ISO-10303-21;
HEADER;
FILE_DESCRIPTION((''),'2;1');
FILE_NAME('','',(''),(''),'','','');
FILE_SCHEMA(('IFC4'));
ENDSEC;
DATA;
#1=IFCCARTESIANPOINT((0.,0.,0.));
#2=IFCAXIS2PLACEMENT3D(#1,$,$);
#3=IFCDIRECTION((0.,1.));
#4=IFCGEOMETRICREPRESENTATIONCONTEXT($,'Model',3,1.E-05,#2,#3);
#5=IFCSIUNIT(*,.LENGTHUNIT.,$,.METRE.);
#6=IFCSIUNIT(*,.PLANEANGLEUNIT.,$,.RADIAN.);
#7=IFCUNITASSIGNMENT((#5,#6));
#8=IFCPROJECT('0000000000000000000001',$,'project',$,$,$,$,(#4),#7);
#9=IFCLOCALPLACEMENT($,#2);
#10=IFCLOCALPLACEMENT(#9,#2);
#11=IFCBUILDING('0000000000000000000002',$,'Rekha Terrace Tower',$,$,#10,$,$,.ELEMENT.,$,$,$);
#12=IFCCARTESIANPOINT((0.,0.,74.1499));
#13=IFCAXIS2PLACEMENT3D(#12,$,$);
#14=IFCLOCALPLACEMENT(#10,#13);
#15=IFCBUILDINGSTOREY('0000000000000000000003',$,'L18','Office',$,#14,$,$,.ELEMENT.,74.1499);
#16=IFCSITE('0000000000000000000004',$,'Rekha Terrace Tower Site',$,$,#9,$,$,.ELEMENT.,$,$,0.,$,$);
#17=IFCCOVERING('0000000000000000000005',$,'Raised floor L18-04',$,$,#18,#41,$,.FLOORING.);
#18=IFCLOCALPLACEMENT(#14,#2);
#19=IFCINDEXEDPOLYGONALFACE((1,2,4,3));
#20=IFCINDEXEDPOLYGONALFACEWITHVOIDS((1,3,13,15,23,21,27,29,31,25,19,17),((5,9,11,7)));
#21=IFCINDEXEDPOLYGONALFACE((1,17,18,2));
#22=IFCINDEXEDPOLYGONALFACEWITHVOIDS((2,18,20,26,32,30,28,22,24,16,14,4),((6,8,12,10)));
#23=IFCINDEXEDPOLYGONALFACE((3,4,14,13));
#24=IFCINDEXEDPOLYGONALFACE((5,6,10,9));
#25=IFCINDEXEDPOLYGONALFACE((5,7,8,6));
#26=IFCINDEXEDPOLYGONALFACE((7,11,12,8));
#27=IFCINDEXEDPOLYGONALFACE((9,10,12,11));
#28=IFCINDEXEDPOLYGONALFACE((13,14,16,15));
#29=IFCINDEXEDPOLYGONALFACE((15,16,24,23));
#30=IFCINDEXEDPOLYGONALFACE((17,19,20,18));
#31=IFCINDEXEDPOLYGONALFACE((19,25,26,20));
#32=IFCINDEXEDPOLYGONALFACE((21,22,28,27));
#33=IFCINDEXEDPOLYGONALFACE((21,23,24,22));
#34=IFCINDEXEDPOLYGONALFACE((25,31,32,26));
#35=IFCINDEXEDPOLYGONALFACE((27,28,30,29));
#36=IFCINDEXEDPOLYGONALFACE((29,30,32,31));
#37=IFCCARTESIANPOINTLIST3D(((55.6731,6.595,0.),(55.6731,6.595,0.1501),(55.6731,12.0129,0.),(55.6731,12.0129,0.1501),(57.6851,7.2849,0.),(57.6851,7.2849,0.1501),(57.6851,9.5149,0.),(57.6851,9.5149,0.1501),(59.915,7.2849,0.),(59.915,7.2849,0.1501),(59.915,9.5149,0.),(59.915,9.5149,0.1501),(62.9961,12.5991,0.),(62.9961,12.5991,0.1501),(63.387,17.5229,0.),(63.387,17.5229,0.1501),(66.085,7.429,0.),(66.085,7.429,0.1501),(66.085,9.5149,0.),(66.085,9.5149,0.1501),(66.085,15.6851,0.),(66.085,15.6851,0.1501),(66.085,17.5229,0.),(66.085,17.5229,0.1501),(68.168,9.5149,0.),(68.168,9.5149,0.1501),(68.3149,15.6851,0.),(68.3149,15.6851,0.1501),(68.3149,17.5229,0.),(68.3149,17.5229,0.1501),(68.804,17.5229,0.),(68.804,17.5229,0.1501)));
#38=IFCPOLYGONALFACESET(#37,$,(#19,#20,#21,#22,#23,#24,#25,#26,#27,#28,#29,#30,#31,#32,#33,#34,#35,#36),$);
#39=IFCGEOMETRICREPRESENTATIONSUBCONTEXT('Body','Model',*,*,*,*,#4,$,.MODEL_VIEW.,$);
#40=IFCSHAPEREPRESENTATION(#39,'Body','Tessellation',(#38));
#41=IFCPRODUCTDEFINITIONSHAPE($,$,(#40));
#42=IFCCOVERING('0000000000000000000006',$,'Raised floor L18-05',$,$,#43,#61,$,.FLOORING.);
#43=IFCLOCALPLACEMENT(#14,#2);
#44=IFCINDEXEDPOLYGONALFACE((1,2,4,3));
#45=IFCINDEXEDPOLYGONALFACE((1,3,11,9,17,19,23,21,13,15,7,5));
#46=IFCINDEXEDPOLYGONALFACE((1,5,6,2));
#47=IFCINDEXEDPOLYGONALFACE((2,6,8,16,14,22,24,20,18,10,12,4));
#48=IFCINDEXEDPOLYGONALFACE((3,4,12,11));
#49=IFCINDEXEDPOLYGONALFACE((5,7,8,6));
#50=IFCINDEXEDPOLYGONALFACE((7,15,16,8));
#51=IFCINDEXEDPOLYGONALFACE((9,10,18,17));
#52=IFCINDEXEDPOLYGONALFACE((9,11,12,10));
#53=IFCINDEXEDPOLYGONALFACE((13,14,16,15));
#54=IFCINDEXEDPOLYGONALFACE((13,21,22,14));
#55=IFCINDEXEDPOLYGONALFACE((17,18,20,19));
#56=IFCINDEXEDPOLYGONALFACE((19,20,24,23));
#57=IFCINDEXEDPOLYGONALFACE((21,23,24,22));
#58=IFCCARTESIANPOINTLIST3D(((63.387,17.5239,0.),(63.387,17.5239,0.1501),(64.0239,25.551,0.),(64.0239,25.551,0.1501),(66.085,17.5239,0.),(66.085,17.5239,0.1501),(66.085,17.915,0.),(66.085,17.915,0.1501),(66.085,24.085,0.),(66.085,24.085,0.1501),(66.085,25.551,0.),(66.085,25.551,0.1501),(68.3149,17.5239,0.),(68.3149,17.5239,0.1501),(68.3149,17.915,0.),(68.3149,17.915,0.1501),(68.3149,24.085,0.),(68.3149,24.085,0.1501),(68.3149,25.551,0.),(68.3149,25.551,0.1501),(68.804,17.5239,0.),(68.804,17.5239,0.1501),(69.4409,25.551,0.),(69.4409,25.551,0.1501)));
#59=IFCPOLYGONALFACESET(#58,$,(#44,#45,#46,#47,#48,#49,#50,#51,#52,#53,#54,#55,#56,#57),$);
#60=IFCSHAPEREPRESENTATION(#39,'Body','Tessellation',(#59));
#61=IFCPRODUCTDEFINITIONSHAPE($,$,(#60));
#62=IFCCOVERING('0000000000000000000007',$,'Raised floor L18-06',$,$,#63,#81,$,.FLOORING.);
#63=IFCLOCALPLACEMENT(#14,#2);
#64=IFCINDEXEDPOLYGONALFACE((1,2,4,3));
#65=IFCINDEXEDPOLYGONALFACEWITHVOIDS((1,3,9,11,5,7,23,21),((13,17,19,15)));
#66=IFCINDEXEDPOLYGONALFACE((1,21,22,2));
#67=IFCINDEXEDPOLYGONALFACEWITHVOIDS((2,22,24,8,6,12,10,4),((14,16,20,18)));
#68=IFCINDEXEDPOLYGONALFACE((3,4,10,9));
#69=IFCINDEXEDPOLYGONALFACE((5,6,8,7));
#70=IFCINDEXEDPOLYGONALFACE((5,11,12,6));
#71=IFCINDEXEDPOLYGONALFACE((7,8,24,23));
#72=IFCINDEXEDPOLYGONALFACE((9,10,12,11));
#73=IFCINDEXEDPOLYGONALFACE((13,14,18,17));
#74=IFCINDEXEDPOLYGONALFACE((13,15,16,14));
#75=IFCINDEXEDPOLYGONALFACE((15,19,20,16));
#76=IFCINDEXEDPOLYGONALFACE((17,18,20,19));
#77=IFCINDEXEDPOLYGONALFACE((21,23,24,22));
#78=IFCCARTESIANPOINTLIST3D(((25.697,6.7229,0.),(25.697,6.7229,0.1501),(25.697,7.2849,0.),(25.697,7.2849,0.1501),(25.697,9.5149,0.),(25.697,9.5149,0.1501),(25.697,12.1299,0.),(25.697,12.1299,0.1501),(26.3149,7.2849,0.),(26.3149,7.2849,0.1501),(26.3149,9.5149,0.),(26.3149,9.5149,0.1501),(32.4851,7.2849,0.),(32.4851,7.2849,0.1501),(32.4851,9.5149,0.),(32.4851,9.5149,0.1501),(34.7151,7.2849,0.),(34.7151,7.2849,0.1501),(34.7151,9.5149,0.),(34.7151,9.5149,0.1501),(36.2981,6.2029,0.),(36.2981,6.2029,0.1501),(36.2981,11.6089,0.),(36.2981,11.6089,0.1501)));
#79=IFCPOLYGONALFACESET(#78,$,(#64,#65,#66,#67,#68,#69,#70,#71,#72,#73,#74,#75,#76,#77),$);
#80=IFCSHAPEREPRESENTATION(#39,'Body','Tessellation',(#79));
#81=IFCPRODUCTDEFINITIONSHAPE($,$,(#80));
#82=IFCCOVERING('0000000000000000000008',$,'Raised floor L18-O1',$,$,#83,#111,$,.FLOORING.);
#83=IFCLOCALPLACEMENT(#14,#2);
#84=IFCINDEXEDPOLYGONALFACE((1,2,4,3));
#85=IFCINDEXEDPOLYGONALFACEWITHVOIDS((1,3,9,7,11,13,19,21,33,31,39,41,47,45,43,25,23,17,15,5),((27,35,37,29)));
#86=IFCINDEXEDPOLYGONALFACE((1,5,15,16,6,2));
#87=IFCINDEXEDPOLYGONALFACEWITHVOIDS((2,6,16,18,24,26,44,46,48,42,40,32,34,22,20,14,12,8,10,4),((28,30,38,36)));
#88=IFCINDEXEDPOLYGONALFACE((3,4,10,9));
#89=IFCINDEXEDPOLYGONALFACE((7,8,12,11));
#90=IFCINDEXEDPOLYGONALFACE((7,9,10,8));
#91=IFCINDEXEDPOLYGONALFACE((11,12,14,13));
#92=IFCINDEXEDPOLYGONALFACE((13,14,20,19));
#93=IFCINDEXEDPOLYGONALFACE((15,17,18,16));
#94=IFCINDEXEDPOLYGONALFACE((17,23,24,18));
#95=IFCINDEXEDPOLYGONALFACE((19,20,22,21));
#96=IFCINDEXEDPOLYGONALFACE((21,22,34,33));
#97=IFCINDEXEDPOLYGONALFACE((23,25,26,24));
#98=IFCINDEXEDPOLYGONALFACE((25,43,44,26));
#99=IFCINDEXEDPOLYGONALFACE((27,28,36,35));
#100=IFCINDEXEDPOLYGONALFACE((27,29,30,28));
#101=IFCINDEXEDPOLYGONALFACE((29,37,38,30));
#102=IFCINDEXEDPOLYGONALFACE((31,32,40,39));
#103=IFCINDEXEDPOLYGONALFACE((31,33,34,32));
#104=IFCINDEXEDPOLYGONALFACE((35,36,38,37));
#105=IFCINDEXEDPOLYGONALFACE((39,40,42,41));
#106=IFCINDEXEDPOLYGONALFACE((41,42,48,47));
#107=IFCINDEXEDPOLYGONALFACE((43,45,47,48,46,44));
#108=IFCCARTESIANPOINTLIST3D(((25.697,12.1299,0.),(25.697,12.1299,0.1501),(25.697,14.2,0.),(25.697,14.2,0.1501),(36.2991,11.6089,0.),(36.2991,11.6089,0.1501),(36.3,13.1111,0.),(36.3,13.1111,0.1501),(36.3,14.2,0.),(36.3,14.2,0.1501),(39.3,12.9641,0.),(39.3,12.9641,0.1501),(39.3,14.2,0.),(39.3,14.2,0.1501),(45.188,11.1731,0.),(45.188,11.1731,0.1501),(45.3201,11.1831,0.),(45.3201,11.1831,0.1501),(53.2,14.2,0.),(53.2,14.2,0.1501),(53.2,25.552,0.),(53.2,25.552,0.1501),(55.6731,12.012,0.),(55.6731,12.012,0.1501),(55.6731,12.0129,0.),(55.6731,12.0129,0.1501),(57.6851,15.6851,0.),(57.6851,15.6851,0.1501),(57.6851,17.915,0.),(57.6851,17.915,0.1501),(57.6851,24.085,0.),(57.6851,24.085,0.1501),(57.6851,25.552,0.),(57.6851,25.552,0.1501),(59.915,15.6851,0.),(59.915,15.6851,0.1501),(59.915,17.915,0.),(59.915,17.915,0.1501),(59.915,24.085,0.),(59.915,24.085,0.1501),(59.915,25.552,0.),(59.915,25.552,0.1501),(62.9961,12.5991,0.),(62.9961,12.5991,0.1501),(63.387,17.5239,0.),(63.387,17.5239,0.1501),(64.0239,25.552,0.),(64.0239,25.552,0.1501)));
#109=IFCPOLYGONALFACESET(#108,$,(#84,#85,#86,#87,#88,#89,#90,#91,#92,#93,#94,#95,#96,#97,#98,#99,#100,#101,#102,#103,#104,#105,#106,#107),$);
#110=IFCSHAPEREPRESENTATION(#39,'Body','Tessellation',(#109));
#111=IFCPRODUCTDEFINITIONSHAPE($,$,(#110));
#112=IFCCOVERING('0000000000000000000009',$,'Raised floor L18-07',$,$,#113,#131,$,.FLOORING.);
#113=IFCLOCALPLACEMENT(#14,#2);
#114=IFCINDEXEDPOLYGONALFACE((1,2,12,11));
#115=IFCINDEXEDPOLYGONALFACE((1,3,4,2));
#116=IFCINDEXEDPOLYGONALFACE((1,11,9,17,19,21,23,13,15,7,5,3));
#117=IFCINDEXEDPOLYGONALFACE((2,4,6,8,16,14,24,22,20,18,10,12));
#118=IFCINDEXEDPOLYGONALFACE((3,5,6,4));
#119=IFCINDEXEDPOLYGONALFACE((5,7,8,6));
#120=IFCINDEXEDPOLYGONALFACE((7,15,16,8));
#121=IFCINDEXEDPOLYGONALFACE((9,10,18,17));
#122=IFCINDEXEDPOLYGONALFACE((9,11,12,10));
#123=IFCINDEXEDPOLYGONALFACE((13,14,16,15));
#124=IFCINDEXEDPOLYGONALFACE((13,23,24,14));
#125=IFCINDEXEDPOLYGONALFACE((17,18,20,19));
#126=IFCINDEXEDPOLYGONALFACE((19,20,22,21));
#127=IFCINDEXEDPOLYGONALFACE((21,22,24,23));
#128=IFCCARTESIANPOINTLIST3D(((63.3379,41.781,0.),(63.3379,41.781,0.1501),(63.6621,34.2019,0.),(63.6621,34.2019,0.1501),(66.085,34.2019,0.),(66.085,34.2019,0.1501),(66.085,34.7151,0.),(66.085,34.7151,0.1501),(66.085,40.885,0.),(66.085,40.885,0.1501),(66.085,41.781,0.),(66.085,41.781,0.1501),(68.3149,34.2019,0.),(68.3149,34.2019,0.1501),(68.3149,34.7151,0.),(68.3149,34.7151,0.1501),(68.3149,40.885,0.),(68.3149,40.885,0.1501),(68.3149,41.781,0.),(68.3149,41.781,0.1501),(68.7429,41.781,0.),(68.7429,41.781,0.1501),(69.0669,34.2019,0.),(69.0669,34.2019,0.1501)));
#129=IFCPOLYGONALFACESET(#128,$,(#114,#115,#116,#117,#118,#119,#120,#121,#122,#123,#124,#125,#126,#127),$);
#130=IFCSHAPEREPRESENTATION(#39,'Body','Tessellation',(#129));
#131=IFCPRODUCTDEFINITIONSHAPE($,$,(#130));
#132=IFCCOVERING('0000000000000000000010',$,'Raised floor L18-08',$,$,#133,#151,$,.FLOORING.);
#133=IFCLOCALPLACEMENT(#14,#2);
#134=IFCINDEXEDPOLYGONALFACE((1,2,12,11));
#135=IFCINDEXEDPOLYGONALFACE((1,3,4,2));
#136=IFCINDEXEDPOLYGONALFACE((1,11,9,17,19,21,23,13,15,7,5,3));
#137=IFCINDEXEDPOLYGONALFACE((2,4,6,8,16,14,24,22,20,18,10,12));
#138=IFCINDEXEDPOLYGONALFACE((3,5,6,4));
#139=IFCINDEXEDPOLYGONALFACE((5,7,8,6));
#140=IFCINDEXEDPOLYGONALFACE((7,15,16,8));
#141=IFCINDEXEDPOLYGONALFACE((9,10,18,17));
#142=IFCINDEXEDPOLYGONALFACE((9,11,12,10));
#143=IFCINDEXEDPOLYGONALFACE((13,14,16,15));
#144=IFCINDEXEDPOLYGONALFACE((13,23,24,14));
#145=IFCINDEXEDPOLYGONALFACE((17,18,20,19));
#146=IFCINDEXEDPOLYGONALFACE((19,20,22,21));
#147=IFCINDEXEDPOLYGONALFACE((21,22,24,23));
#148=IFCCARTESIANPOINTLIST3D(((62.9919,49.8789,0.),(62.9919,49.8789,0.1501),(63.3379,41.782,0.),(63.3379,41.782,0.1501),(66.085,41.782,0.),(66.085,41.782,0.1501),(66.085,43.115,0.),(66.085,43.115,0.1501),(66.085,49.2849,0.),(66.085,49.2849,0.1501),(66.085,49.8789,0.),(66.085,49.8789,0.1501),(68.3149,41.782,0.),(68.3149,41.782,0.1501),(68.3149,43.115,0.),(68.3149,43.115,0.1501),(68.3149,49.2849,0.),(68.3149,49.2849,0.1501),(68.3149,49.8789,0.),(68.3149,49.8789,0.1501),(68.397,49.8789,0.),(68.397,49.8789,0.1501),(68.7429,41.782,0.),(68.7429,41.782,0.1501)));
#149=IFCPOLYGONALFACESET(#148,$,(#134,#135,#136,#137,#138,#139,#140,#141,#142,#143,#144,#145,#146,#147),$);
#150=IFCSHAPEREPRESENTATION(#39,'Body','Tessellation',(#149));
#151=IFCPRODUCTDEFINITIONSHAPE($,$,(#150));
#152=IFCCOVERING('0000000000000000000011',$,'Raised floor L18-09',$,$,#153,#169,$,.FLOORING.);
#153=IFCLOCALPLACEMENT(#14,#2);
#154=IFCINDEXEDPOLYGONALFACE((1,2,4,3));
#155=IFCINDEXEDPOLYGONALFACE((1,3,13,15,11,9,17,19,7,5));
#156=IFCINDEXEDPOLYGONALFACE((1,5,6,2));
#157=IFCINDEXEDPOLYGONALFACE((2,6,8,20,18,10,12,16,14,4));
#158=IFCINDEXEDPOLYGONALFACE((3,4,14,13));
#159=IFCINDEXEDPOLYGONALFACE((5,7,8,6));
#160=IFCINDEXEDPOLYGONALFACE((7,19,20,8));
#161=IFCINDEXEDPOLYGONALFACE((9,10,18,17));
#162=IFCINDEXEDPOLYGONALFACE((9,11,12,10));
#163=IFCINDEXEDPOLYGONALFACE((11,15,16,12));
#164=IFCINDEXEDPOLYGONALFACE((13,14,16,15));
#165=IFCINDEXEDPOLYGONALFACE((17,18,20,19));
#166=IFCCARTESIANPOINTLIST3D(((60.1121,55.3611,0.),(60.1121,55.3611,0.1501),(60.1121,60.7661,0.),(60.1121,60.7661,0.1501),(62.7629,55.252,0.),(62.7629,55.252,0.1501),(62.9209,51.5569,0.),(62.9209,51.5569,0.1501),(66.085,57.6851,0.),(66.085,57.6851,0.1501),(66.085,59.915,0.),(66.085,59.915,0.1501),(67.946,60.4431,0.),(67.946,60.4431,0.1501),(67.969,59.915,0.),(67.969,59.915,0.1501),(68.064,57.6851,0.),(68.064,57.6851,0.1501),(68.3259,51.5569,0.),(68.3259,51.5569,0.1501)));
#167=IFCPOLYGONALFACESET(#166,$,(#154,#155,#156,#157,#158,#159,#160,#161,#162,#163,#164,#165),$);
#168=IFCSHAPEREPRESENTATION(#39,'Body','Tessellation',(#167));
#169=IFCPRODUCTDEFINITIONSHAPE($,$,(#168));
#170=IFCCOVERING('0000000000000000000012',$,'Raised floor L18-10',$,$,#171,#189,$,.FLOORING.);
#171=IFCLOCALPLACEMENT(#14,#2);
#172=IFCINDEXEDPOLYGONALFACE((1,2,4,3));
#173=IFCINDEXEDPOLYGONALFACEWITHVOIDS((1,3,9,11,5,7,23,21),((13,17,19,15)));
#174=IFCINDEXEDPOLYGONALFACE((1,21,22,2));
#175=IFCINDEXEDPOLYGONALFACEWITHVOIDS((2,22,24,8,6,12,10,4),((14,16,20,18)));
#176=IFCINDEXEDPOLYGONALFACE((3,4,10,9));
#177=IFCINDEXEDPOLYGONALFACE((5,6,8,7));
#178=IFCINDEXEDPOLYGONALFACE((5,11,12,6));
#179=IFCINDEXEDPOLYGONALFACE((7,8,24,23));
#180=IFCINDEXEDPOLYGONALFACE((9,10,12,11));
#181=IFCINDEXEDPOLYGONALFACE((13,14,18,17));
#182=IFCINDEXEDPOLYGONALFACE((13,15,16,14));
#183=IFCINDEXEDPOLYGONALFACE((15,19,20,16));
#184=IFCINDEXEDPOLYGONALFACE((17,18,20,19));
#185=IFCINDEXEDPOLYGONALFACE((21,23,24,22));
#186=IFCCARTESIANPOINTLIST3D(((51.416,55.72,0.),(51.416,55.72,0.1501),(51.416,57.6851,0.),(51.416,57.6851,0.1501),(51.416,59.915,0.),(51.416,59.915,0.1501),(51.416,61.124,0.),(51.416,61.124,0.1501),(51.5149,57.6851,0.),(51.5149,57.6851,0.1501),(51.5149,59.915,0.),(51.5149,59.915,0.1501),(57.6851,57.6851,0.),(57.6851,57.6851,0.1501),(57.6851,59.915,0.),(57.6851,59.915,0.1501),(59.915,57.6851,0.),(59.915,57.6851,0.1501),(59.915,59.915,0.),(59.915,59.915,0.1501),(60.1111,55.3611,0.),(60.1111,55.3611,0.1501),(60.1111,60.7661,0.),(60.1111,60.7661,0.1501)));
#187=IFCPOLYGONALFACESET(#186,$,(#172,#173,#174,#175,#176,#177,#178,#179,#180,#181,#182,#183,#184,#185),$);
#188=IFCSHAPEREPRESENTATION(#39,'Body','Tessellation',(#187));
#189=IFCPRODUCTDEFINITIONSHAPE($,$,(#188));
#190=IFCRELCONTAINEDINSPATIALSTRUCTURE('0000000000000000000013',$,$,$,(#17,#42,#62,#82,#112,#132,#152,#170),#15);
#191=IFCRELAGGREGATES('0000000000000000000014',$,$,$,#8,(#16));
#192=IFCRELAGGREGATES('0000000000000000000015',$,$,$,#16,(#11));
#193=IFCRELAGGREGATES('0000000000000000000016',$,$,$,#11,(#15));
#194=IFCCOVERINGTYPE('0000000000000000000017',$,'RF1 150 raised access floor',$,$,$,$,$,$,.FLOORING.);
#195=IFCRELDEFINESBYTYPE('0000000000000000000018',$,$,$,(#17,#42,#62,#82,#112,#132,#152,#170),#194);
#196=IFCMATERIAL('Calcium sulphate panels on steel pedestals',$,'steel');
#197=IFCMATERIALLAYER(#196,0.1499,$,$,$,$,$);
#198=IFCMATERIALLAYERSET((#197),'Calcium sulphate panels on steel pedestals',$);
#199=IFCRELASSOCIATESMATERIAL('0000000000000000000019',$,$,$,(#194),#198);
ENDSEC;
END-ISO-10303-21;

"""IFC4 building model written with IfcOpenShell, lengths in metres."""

from ifc_helpers import new_model, si_unit, direction, frame, origin, place, context, subcontext, project, spatial, polyline, outline, extrude, material, layer, layer_set, type_object, element, save


model = new_model("IFC4")

# Units and contexts
model_context = context("Model", 3, precision=1e-05, world=origin(), true_north=direction((0.0, 1.0)))
body_context = subcontext(model_context, "Body", "Model", "MODEL_VIEW")
ifc_project = project(units=[si_unit("LENGTHUNIT", "METRE"), si_unit("PLANEANGLEUNIT", "RADIAN")], contexts=[model_context])

# Site, building, storey
site_placement = place(None, origin())
site = spatial("IfcSite", under=ifc_project, at=site_placement, Name="Rekha Terrace Tower Site", CompositionType="ELEMENT", RefElevation=0.0)
building_placement = place(site_placement, origin())
building = spatial("IfcBuilding", under=site, at=building_placement, Name="Rekha Terrace Tower", CompositionType="ELEMENT")
storey_placement = place(building_placement, frame((0.0, 0.0, 74.1499)))
storey = spatial("IfcBuildingStorey", under=building, at=storey_placement, Name="L18", Description="Office", CompositionType="ELEMENT", Elevation=74.1499)

# Coverings
ifc_material_1 = material(Name="Calcium sulphate panels on steel pedestals", Category="steel")
ifc_layer_1 = layer(ifc_material_1, 0.1499)
ifc_layer_set_1 = layer_set([ifc_layer_1], Name="Calcium sulphate panels on steel pedestals")
covering_type_1 = type_object("IfcCoveringType", Name="RF1 150 raised access floor", PredefinedType="FLOORING", material=ifc_layer_set_1)
covering_1_placement = place(storey_placement, origin())
element("IfcCovering", 1, at=covering_1_placement, inside=storey, type_object=covering_type_1, Name="Raised floor L18-04", PredefinedType="FLOORING", context=body_context, shape_type="SweptSolid", body=[
    extrude(outline(polyline([(62.9961, 12.5991), (55.6731, 12.0129), (55.6731, 6.595), (66.085, 7.429), (66.085, 9.5149), (68.168, 9.5149), (68.804, 17.5229), (68.3149, 17.5229), (68.3149, 15.6851), (66.085, 15.6851), (66.085, 17.5229), (63.387, 17.5229), (62.9961, 12.5991)]), holes=[polyline([(59.915, 7.2849), (57.6851, 7.2849), (57.6851, 9.5149), (59.915, 9.5149), (59.915, 7.2849)])]), origin(), (0.0, 0.0, 1.0), 0.1501),
])
covering_2_placement = place(storey_placement, origin())
element("IfcCovering", 2, at=covering_2_placement, inside=storey, type_object=covering_type_1, Name="Raised floor L18-05", PredefinedType="FLOORING", context=body_context, shape_type="SweptSolid", body=[
    extrude(outline(polyline([(68.3149, 17.915), (68.3149, 17.5239), (68.804, 17.5239), (69.4409, 25.551), (68.3149, 25.551), (68.3149, 24.085), (66.085, 24.085), (66.085, 25.551), (64.0239, 25.551), (63.387, 17.5239), (66.085, 17.5239), (66.085, 17.915), (68.3149, 17.915)])), origin(), (0.0, 0.0, 1.0), 0.1501),
])
covering_3_placement = place(storey_placement, origin())
element("IfcCovering", 3, at=covering_3_placement, inside=storey, type_object=covering_type_1, Name="Raised floor L18-06", PredefinedType="FLOORING", context=body_context, shape_type="SweptSolid", body=[
    extrude(outline(polyline([(36.2981, 6.2029), (36.2981, 11.6089), (25.697, 12.1299), (25.697, 9.5149), (26.3149, 9.5149), (26.3149, 7.2849), (25.697, 7.2849), (25.697, 6.7229), (36.2981, 6.2029)]), holes=[polyline([(34.7151, 7.2849), (32.4851, 7.2849), (32.4851, 9.5149), (34.7151, 9.5149), (34.7151, 7.2849)])]), origin(), (0.0, 0.0, 1.0), 0.1501),
])
covering_4_placement = place(storey_placement, origin())
element("IfcCovering", 4, at=covering_4_placement, inside=storey, type_object=covering_type_1, Name="Raised floor L18-O1", PredefinedType="FLOORING", context=body_context, shape_type="SweptSolid", body=[
    extrude(outline(polyline([(25.697, 12.1299), (36.2991, 11.6089), (45.188, 11.1731), (45.3201, 11.1831), (55.6731, 12.012), (55.6731, 12.0129), (62.9961, 12.5991), (63.387, 17.5239), (64.0239, 25.552), (59.915, 25.552), (59.915, 24.085), (57.6851, 24.085), (57.6851, 25.552), (53.2, 25.552), (53.2, 14.2), (39.3, 14.2), (39.3, 12.9641), (36.3, 13.1111), (36.3, 14.2), (25.697, 14.2), (25.697, 12.1299)]), holes=[polyline([(59.915, 17.915), (59.915, 15.6851), (57.6851, 15.6851), (57.6851, 17.915), (59.915, 17.915)])]), origin(), (0.0, 0.0, 1.0), 0.1501),
])
covering_5_placement = place(storey_placement, origin())
element("IfcCovering", 5, at=covering_5_placement, inside=storey, type_object=covering_type_1, Name="Raised floor L18-07", PredefinedType="FLOORING", context=body_context, shape_type="SweptSolid", body=[
    extrude(outline(polyline([(68.3149, 34.2019), (69.0669, 34.2019), (68.7429, 41.781), (68.3149, 41.781), (68.3149, 40.885), (66.085, 40.885), (66.085, 41.781), (63.3379, 41.781), (63.6621, 34.2019), (66.085, 34.2019), (66.085, 34.7151), (68.3149, 34.7151), (68.3149, 34.2019)])), origin(), (0.0, 0.0, 1.0), 0.1501),
])
covering_6_placement = place(storey_placement, origin())
element("IfcCovering", 6, at=covering_6_placement, inside=storey, type_object=covering_type_1, Name="Raised floor L18-08", PredefinedType="FLOORING", context=body_context, shape_type="SweptSolid", body=[
    extrude(outline(polyline([(68.3149, 41.782), (68.7429, 41.782), (68.397, 49.8789), (68.3149, 49.8789), (68.3149, 49.2849), (66.085, 49.2849), (66.085, 49.8789), (62.9919, 49.8789), (63.3379, 41.782), (66.085, 41.782), (66.085, 43.115), (68.3149, 43.115), (68.3149, 41.782)])), origin(), (0.0, 0.0, 1.0), 0.1501),
])
covering_7_placement = place(storey_placement, origin())
element("IfcCovering", 7, at=covering_7_placement, inside=storey, type_object=covering_type_1, Name="Raised floor L18-09", PredefinedType="FLOORING", context=body_context, shape_type="SweptSolid", body=[
    extrude(outline(polyline([(67.946, 60.4431), (60.1121, 60.7661), (60.1121, 55.3611), (62.7629, 55.252), (62.9209, 51.5569), (68.3259, 51.5569), (68.064, 57.6851), (66.085, 57.6851), (66.085, 59.915), (67.969, 59.915), (67.946, 60.4431)])), origin(), (0.0, 0.0, 1.0), 0.1501),
])
covering_8_placement = place(storey_placement, origin())
element("IfcCovering", 8, at=covering_8_placement, inside=storey, type_object=covering_type_1, Name="Raised floor L18-10", PredefinedType="FLOORING", context=body_context, shape_type="SweptSolid", body=[
    extrude(outline(polyline([(60.1111, 55.3611), (60.1111, 60.7661), (51.416, 61.124), (51.416, 59.915), (51.5149, 59.915), (51.5149, 57.6851), (51.416, 57.6851), (51.416, 55.72), (60.1111, 55.3611)]), holes=[polyline([(59.915, 57.6851), (57.6851, 57.6851), (57.6851, 59.915), (59.915, 59.915), (59.915, 57.6851)])]), origin(), (0.0, 0.0, 1.0), 0.1501),
])

save(model, "model.ifc")
